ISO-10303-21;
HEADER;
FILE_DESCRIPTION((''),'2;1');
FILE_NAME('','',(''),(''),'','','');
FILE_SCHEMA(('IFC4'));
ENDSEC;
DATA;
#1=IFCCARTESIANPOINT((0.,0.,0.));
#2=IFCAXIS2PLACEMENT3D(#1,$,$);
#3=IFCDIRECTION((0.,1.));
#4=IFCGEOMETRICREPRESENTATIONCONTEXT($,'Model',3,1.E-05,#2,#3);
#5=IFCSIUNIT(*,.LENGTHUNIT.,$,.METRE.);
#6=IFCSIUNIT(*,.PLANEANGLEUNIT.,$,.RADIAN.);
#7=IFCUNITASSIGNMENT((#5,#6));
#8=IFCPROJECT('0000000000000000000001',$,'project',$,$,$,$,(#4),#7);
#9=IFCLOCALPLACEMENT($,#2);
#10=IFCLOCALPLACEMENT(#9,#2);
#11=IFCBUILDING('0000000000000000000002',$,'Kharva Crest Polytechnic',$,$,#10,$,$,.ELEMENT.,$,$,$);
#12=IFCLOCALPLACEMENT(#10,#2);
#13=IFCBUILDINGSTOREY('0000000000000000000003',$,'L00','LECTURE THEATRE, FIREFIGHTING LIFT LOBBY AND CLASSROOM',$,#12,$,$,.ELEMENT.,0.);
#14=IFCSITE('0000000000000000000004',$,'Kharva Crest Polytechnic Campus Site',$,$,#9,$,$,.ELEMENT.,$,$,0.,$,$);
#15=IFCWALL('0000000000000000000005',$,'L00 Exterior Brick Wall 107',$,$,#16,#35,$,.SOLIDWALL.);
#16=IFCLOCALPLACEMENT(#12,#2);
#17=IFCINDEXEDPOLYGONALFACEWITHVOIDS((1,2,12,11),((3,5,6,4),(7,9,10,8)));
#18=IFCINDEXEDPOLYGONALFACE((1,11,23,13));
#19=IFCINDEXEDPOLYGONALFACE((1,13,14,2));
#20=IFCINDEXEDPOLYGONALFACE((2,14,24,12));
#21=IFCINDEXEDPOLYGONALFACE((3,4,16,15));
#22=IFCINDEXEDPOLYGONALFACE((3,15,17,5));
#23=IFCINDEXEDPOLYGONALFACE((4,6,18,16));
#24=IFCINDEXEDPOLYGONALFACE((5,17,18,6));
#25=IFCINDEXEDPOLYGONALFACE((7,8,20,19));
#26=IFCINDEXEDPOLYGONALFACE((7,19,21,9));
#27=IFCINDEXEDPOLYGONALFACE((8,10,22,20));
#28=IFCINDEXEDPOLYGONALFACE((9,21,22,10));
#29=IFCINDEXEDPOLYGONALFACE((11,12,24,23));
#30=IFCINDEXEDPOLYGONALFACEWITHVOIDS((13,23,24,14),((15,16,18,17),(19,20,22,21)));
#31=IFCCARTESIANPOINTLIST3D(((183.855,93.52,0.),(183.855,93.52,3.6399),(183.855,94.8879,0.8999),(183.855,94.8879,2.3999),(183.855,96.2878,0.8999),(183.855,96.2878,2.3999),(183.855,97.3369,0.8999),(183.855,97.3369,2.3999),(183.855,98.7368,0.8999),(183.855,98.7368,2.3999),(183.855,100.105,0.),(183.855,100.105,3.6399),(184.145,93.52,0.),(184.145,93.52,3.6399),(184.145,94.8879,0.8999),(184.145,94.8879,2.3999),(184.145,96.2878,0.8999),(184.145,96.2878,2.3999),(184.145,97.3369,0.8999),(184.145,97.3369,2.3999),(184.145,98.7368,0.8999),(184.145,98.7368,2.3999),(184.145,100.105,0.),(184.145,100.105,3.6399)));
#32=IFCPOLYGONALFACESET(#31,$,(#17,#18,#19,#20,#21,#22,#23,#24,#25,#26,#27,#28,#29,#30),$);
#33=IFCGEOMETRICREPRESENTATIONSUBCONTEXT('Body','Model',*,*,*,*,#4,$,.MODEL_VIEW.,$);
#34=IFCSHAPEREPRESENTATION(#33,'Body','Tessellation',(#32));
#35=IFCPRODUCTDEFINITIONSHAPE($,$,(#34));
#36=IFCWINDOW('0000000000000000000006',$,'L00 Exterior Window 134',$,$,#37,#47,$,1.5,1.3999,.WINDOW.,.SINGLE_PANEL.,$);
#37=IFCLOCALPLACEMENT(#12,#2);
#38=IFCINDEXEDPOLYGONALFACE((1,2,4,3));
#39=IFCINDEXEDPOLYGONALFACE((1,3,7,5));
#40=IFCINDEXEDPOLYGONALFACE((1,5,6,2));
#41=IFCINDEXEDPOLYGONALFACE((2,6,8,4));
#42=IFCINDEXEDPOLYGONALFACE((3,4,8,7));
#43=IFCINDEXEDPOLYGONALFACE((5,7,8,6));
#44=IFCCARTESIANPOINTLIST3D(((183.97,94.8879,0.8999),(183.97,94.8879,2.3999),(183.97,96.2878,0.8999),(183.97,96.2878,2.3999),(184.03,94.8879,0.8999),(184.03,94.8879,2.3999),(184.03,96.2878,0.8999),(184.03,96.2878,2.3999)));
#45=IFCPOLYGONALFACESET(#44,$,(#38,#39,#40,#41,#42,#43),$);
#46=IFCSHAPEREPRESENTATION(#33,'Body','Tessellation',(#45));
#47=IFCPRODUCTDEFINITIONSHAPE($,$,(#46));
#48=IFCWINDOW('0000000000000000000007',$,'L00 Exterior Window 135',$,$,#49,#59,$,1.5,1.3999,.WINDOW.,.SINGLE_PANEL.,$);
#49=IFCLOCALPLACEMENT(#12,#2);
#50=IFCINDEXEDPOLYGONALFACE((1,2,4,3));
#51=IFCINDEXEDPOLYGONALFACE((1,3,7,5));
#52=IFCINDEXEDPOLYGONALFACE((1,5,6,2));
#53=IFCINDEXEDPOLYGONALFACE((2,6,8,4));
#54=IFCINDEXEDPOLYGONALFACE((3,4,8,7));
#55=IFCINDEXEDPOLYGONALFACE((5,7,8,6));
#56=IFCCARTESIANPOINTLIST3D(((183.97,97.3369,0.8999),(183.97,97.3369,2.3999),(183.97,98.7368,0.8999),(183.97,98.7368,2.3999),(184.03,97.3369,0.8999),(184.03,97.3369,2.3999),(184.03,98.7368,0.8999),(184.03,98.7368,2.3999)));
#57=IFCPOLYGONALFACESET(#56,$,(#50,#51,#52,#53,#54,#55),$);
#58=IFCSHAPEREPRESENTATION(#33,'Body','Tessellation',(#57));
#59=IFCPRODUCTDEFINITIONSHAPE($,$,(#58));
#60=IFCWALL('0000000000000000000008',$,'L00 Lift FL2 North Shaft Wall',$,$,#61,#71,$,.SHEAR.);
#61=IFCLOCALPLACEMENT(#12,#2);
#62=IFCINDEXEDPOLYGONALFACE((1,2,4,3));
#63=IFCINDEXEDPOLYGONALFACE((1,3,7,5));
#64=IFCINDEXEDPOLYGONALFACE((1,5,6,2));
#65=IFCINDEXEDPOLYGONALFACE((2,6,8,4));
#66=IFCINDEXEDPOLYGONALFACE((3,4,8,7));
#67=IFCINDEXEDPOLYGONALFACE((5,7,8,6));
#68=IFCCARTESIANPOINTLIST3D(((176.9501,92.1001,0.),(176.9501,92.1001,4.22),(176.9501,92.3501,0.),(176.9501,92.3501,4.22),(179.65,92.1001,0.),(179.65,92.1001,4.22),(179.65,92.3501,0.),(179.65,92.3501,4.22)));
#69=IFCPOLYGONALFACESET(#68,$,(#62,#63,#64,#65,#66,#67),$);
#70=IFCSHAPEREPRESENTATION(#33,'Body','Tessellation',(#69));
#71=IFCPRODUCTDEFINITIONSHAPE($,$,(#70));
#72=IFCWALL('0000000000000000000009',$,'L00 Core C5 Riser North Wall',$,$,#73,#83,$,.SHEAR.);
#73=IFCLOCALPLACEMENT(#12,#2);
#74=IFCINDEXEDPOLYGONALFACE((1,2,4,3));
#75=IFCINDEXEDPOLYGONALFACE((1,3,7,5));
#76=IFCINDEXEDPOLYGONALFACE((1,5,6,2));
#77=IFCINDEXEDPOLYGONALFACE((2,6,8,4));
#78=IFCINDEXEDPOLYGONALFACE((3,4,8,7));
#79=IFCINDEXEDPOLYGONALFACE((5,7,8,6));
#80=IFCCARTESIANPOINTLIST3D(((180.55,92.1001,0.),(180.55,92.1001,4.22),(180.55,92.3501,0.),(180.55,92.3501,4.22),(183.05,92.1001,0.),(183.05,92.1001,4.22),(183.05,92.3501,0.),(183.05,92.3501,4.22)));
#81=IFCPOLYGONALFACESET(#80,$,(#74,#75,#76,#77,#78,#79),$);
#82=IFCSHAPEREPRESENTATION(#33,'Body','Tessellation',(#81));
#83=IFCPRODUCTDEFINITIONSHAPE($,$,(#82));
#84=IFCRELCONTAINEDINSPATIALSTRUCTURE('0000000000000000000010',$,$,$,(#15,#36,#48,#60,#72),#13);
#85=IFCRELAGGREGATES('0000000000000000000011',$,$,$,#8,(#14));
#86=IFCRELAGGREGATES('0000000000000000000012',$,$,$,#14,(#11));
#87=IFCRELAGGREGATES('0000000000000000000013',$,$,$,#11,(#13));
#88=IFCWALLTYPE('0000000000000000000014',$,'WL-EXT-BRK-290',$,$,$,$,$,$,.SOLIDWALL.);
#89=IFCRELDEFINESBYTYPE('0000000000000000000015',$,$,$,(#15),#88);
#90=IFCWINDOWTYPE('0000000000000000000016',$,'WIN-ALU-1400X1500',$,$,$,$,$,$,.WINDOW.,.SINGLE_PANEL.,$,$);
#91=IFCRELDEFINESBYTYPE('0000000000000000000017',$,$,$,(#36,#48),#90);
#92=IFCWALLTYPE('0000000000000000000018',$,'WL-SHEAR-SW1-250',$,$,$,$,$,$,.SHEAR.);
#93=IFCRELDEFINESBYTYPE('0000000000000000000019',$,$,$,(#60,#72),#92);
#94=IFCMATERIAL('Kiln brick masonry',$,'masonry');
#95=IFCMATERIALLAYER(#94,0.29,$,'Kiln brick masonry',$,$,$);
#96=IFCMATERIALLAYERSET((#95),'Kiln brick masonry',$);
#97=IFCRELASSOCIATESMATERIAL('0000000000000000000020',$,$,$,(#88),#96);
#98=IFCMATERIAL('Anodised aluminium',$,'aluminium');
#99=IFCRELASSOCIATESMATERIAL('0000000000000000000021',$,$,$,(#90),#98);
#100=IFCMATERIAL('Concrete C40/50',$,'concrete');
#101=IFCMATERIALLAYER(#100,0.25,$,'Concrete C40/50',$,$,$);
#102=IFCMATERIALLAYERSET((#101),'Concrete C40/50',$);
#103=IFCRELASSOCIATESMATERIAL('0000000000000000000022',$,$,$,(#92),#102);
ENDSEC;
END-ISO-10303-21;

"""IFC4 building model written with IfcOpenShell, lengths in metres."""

from ifc_helpers import new_model, si_unit, direction, frame, frame_2d, origin, place, context, subcontext, project, spatial, rectangle, extrude, material, layer, layer_set, type_object, element, fill, save


model = new_model("IFC4")

# Units and contexts
model_context = context("Model", 3, precision=1e-05, world=origin(), true_north=direction((0.0, 1.0)))
body_context = subcontext(model_context, "Body", "Model", "MODEL_VIEW")
ifc_project = project(units=[si_unit("LENGTHUNIT", "METRE"), si_unit("PLANEANGLEUNIT", "RADIAN")], contexts=[model_context])

# Site, building, storey
site_placement = place(None, origin())
site = spatial("IfcSite", under=ifc_project, at=site_placement, Name="Kharva Crest Polytechnic Campus Site", CompositionType="ELEMENT", RefElevation=0.0)
building_placement = place(site_placement, origin())
building = spatial("IfcBuilding", under=site, at=building_placement, Name="Kharva Crest Polytechnic", CompositionType="ELEMENT")
storey_placement = place(building_placement, origin())
storey = spatial("IfcBuildingStorey", under=building, at=storey_placement, Name="L00", Description="LECTURE THEATRE, FIREFIGHTING LIFT LOBBY AND CLASSROOM", CompositionType="ELEMENT", Elevation=0.0)

# Shared definitions
ifc_material_1 = material(Name="Concrete C40/50", Category="concrete")

# Wall, openings, windows
ifc_material_2 = material(Name="Kiln brick masonry", Category="masonry")
ifc_layer_1 = layer(ifc_material_2, 0.29, Name="Kiln brick masonry")
ifc_layer_set_1 = layer_set([ifc_layer_1], Name="Kiln brick masonry")
wall_type_1 = type_object("IfcWallType", Name="WL-EXT-BRK-290", PredefinedType="SOLIDWALL", material=ifc_layer_set_1)
wall_1_placement = place(storey_placement, frame((184.0, 93.52, 0.0), z_axis=(0.0, 0.0, 1.0), x_axis=(0.0, 1.0, 0.0)))
wall_1 = element("IfcWall", 1, at=wall_1_placement, inside=storey, type_object=wall_type_1, Name="L00 Exterior Brick Wall 107", PredefinedType="SOLIDWALL", context=body_context, shape_type="SweptSolid", body=[
    extrude(rectangle(XDim=6.585, YDim=0.29, at=frame_2d((3.2925, 0.0))), origin(), (0.0, 0.0, 1.0), 3.6399),
])
opening_1_placement = place(wall_1_placement, frame((1.3679, 0.0, 0.8999)))
opening_1 = element("IfcOpeningElement", 2, at=opening_1_placement, cuts=wall_1, PredefinedType="OPENING", context=body_context, shape_type="SweptSolid", body=[
    extrude(rectangle(XDim=1.3999, YDim=1.5, at=frame_2d((0.7, 0.75))), frame((0.0, 0.155, 0.0), z_axis=(0.0, -1.0, 0.0), x_axis=(1.0, 0.0, 0.0)), (0.0, 0.0, 1.0), 0.3101),
])
opening_2_placement = place(wall_1_placement, frame((3.8169, 0.0, 0.8999)))
opening_2 = element("IfcOpeningElement", 3, at=opening_2_placement, cuts=wall_1, PredefinedType="OPENING", context=body_context, shape_type="SweptSolid", body=[
    extrude(rectangle(XDim=1.3999, YDim=1.5, at=frame_2d((0.7, 0.75))), frame((0.0, 0.155, 0.0), z_axis=(0.0, -1.0, 0.0), x_axis=(1.0, 0.0, 0.0)), (0.0, 0.0, 1.0), 0.3101),
])
ifc_material_3 = material(Name="Anodised aluminium", Category="aluminium")
window_type = type_object("IfcWindowType", Name="WIN-ALU-1400X1500", PartitioningType="SINGLE_PANEL", PredefinedType="WINDOW", material=ifc_material_3)
window_1_placement = place(opening_1_placement, origin())
window_1 = element("IfcWindow", 4, at=window_1_placement, inside=storey, type_object=window_type, Name="L00 Exterior Window 134", OverallHeight=1.5, OverallWidth=1.3999, PartitioningType="SINGLE_PANEL", PredefinedType="WINDOW", context=body_context, shape_type="SweptSolid", body=[
    extrude(rectangle(XDim=1.3999, YDim=1.5, at=frame_2d((0.7, 0.75))), frame((0.0, 0.03, 0.0), z_axis=(0.0, -1.0, 0.0), x_axis=(1.0, 0.0, 0.0)), (0.0, 0.0, 1.0), 0.0601),
])
fill(opening_1, window_1)
window_2_placement = place(opening_2_placement, origin())
window_2 = element("IfcWindow", 5, at=window_2_placement, inside=storey, type_object=window_type, Name="L00 Exterior Window 135", OverallHeight=1.5, OverallWidth=1.3999, PartitioningType="SINGLE_PANEL", PredefinedType="WINDOW", context=body_context, shape_type="SweptSolid", body=[
    extrude(rectangle(XDim=1.3999, YDim=1.5, at=frame_2d((0.7, 0.75))), frame((0.0, 0.03, 0.0), z_axis=(0.0, -1.0, 0.0), x_axis=(1.0, 0.0, 0.0)), (0.0, 0.0, 1.0), 0.0601),
])
fill(opening_2, window_2)

# Walls
ifc_layer_2 = layer(ifc_material_1, 0.25, Name="Concrete C40/50")
ifc_layer_set_2 = layer_set([ifc_layer_2], Name="Concrete C40/50")
wall_type_2 = type_object("IfcWallType", Name="WL-SHEAR-SW1-250", PredefinedType="SHEAR", material=ifc_layer_set_2)
wall_2_placement = place(storey_placement, frame((176.95, 92.2251, 0.0), z_axis=(0.0, 0.0, 1.0), x_axis=(1.0, 0.0, 0.0)))
element("IfcWall", 6, at=wall_2_placement, inside=storey, type_object=wall_type_2, Name="L00 Lift FL2 North Shaft Wall", PredefinedType="SHEAR", context=body_context, shape_type="SweptSolid", body=[
    extrude(rectangle(XDim=2.7, YDim=0.25, at=frame_2d((1.3501, 0.0))), origin(), (0.0, 0.0, 1.0), 4.22),
])
wall_3_placement = place(storey_placement, frame((180.55, 92.2251, 0.0), z_axis=(0.0, 0.0, 1.0), x_axis=(1.0, 0.0, 0.0)))
element("IfcWall", 7, at=wall_3_placement, inside=storey, type_object=wall_type_2, Name="L00 Core C5 Riser North Wall", PredefinedType="SHEAR", context=body_context, shape_type="SweptSolid", body=[
    extrude(rectangle(XDim=2.5, YDim=0.25, at=frame_2d((1.25, 0.0))), origin(), (0.0, 0.0, 1.0), 4.22),
])

save(model, "model.ifc")
